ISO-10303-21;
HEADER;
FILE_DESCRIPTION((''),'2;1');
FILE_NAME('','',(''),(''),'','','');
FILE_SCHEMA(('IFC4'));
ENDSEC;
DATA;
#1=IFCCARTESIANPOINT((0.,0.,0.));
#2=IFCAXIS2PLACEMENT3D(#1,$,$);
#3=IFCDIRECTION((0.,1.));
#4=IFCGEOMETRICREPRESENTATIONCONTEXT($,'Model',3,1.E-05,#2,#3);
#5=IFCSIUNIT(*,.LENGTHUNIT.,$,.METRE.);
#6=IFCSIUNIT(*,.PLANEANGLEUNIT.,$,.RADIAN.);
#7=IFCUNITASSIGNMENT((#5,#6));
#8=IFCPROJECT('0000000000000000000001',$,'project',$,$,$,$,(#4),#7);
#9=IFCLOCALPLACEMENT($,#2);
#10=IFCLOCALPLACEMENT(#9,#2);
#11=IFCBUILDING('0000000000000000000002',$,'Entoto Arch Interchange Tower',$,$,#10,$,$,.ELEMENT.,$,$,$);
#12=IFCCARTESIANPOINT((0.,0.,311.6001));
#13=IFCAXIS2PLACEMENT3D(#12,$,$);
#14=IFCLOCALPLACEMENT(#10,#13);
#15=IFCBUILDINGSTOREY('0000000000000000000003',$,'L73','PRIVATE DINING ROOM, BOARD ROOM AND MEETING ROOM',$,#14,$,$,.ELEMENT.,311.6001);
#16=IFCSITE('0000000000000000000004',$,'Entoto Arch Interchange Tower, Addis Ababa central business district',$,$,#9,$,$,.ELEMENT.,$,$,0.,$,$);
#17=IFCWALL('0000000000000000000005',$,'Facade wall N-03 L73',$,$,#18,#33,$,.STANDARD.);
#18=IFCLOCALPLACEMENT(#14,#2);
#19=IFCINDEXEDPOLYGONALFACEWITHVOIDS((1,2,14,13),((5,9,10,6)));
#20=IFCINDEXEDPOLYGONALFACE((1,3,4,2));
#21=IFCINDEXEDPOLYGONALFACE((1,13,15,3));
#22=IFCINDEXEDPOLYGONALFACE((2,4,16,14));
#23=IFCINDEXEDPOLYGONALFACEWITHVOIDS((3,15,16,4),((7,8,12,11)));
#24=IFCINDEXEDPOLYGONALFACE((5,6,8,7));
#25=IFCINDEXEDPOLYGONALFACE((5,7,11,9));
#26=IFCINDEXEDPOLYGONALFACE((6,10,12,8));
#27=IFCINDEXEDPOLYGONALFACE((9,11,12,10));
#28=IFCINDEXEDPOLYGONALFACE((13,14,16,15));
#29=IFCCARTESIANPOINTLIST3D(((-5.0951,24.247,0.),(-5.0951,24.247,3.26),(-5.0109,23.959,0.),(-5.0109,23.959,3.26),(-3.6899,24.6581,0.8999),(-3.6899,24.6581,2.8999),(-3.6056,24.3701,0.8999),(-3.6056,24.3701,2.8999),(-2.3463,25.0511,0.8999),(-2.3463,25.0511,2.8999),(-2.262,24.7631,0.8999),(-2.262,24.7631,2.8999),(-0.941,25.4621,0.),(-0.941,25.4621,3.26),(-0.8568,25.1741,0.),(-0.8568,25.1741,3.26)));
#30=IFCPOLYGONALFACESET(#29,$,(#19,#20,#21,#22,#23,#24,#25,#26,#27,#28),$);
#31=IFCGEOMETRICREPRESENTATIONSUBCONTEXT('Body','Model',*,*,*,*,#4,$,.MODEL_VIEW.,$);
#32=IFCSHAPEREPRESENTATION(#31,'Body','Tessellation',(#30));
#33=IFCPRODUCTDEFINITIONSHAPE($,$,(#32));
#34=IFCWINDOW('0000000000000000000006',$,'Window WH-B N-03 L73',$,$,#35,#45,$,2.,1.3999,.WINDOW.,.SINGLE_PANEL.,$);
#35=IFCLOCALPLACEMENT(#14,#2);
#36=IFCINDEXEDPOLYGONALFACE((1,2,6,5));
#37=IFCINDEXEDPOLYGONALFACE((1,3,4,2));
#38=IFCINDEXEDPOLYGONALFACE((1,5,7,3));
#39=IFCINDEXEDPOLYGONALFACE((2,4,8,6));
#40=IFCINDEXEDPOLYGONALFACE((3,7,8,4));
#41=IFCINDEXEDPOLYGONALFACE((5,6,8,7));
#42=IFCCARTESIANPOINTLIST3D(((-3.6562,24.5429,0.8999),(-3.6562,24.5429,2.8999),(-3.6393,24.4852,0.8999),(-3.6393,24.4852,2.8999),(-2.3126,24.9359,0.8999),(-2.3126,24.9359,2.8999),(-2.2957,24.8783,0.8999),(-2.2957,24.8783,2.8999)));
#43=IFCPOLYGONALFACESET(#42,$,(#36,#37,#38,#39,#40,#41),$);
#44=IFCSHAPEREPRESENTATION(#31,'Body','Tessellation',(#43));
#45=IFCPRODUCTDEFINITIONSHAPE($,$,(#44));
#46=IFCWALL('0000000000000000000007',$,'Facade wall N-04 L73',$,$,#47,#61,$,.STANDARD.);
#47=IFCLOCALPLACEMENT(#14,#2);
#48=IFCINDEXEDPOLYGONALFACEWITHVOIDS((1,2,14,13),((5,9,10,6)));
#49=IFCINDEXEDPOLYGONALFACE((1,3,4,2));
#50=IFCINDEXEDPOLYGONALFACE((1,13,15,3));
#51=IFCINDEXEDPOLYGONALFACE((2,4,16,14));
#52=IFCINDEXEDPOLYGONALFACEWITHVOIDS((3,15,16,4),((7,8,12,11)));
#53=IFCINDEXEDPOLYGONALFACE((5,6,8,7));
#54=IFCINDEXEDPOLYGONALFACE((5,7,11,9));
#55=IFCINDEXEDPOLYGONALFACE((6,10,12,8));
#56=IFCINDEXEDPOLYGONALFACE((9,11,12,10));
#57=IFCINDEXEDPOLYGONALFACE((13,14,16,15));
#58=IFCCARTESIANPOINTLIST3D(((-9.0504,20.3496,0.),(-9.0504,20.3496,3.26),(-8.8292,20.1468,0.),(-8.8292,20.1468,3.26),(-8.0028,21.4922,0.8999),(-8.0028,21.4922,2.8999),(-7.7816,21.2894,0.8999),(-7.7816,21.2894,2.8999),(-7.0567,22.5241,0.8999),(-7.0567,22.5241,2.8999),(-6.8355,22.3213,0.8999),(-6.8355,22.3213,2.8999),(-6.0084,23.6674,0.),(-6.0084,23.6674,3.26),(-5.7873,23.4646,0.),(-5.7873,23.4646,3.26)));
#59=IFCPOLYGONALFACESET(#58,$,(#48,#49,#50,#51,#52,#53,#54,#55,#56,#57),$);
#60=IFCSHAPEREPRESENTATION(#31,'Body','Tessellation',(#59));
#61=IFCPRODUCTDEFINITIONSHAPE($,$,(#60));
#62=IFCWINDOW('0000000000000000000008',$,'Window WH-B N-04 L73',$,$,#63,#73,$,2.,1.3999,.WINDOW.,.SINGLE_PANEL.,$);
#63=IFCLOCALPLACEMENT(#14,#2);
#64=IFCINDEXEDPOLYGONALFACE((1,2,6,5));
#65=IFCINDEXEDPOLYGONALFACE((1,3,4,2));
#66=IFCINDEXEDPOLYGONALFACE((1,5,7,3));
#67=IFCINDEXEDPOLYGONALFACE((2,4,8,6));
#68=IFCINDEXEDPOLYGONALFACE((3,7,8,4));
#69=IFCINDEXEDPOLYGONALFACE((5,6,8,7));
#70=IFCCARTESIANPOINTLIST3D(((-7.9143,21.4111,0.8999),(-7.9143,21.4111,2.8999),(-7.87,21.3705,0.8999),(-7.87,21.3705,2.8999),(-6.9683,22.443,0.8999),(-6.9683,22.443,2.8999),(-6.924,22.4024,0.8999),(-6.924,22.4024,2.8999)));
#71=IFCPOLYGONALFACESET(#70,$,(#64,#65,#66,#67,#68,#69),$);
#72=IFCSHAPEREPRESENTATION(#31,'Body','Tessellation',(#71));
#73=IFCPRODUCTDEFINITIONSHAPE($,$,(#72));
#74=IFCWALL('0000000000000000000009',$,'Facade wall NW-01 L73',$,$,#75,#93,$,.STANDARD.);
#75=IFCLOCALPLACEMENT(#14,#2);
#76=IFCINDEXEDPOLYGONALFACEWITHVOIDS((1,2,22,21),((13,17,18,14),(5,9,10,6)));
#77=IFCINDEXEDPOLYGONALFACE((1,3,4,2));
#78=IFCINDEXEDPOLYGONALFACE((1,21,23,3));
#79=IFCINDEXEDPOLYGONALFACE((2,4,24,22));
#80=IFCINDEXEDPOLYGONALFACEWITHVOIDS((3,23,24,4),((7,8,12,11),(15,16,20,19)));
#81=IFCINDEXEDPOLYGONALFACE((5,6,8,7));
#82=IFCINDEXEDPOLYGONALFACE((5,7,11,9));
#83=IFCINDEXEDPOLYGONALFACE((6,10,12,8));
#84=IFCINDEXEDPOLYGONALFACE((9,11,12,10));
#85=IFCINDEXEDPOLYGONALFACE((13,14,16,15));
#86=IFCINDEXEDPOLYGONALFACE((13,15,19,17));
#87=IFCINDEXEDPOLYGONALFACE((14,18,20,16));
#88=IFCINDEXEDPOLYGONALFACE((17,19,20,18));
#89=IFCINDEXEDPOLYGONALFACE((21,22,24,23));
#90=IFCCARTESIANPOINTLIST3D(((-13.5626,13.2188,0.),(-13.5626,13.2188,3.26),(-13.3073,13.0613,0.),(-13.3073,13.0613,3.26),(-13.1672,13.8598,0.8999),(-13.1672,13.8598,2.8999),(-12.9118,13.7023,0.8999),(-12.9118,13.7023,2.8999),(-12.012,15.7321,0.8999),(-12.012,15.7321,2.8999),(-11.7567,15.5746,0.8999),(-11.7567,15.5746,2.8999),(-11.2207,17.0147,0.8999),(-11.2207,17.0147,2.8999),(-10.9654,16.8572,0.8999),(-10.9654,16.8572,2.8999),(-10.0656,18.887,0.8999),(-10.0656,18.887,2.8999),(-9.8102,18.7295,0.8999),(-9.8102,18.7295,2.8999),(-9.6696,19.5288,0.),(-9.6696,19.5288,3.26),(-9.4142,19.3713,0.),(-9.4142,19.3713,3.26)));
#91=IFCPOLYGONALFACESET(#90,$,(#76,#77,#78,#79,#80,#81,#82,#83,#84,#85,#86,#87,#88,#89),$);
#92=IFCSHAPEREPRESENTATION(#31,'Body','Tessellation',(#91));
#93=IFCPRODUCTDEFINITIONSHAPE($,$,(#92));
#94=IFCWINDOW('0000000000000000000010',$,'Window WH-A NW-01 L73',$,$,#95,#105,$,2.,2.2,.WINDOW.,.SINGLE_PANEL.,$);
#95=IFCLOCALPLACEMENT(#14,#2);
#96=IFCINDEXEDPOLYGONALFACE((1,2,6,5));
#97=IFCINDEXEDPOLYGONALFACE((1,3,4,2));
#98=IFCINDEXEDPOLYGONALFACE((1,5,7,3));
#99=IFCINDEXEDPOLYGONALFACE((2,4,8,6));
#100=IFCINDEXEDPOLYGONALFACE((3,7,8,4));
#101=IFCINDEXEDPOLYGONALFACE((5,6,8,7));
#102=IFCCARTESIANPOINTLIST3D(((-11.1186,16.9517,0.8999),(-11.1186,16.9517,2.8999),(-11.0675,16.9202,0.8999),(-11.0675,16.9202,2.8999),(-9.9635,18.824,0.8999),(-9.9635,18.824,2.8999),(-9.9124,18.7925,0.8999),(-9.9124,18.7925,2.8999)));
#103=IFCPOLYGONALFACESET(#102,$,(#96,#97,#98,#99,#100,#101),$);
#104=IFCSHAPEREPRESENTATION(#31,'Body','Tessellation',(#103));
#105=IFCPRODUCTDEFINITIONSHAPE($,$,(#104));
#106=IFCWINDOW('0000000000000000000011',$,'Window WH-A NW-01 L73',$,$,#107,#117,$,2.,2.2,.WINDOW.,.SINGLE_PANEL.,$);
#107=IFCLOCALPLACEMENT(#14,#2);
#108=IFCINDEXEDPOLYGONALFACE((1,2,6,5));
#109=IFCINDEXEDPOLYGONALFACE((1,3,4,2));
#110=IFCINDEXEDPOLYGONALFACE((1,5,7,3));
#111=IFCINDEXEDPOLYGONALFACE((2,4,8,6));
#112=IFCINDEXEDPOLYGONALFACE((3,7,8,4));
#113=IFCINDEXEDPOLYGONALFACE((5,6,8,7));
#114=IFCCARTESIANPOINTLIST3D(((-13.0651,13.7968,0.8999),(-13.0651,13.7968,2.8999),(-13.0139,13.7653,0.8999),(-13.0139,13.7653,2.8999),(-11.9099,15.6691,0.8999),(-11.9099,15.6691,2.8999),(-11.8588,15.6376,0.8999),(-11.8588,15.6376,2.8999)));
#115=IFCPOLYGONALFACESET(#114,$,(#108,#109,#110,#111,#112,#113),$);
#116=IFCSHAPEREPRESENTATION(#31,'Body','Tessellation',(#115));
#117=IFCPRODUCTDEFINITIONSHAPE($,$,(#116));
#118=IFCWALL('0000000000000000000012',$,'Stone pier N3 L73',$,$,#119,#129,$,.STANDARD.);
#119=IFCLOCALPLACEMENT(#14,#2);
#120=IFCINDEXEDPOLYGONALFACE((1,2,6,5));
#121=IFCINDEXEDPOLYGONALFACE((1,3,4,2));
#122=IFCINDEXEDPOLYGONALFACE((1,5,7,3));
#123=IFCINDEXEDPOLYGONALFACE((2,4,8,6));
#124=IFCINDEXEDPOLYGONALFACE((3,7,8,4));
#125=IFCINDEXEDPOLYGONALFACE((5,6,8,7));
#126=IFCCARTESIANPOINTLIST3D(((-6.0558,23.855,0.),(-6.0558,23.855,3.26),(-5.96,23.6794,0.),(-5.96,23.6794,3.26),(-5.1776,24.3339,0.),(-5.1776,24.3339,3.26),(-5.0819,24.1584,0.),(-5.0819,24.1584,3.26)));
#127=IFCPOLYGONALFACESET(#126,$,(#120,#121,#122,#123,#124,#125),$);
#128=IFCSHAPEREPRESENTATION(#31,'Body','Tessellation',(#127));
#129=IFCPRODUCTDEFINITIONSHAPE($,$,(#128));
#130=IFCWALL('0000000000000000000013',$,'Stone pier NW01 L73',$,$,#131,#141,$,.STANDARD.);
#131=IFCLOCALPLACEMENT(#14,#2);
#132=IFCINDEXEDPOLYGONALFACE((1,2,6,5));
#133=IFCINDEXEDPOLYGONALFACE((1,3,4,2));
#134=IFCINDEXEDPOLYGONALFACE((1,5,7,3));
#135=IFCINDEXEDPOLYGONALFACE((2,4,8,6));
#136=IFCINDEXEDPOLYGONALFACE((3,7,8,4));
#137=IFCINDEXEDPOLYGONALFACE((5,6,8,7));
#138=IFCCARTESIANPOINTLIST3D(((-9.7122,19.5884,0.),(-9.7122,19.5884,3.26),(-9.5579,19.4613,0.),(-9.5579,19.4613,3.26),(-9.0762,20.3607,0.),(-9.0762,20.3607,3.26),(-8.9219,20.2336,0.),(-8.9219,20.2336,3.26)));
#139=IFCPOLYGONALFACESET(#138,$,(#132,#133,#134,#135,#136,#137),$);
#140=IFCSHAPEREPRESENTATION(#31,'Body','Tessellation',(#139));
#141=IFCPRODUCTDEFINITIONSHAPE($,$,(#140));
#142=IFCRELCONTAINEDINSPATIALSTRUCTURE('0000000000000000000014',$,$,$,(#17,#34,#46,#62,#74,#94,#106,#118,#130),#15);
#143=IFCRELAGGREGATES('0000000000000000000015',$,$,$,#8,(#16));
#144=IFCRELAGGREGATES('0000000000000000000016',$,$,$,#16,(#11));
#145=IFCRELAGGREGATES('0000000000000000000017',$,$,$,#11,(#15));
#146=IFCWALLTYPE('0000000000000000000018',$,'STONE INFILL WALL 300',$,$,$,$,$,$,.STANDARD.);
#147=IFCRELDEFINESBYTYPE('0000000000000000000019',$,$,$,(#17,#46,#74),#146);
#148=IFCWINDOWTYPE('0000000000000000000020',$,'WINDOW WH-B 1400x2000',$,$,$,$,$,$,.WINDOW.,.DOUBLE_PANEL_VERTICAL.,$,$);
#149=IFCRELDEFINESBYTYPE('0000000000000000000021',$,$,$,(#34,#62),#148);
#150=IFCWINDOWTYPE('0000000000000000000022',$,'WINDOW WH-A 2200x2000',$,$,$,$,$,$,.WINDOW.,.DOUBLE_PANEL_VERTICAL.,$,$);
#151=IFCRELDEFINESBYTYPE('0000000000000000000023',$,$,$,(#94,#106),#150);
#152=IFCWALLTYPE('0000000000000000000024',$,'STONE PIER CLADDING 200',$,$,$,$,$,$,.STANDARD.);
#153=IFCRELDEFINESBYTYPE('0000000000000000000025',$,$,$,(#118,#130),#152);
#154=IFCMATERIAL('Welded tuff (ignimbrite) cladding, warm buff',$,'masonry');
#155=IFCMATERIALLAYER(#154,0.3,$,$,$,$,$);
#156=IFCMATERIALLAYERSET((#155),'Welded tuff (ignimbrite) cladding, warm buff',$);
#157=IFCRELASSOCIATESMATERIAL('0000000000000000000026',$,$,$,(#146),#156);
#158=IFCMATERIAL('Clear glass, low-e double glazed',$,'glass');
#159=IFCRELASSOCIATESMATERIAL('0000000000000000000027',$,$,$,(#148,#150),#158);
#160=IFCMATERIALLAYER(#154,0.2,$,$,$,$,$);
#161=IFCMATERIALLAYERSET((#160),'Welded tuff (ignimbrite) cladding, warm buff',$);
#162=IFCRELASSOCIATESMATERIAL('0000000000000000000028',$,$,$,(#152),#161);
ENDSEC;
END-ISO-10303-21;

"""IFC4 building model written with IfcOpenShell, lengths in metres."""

from ifc_helpers import new_model, si_unit, direction, frame, frame_2d, origin, place, context, subcontext, project, spatial, rectangle, extrude, material, layer, layer_set, type_object, element, fill, save


model = new_model("IFC4")

# Units and contexts
model_context = context("Model", 3, precision=1e-05, world=origin(), true_north=direction((0.0, 1.0)))
body_context = subcontext(model_context, "Body", "Model", "MODEL_VIEW")
ifc_project = project(units=[si_unit("LENGTHUNIT", "METRE"), si_unit("PLANEANGLEUNIT", "RADIAN")], contexts=[model_context])

# Site, building, storey
site_placement = place(None, origin())
site = spatial("IfcSite", under=ifc_project, at=site_placement, Name="Entoto Arch Interchange Tower, Addis Ababa central business district", CompositionType="ELEMENT", RefElevation=0.0)
building_placement = place(site_placement, origin())
building = spatial("IfcBuilding", under=site, at=building_placement, Name="Entoto Arch Interchange Tower", CompositionType="ELEMENT")
storey_placement = place(building_placement, frame((0.0, 0.0, 311.6001)))
storey = spatial("IfcBuildingStorey", under=building, at=storey_placement, Name="L73", Description="PRIVATE DINING ROOM, BOARD ROOM AND MEETING ROOM", CompositionType="ELEMENT", Elevation=311.6001)

# Walls, openings, windows
ifc_material_1 = material(Name="Welded tuff (ignimbrite) cladding, warm buff", Category="masonry")
ifc_layer_1 = layer(ifc_material_1, 0.3)
ifc_layer_set_1 = layer_set([ifc_layer_1], Name="Welded tuff (ignimbrite) cladding, warm buff")
wall_type_1 = type_object("IfcWallType", Name="STONE INFILL WALL 300", PredefinedType="STANDARD", material=ifc_layer_set_1)
wall_1_placement = place(storey_placement, frame((-0.8989, 25.3181, 0.0), z_axis=(0.0, 0.0, 1.0), x_axis=(-0.959783, -0.280743, 0.0)))
wall_1 = element("IfcWall", 1, at=wall_1_placement, inside=storey, type_object=wall_type_1, Name="Facade wall N-03 L73", PredefinedType="STANDARD", context=body_context, shape_type="SweptSolid", body=[
    extrude(rectangle(XDim=4.3281, YDim=0.3, at=frame_2d((2.1641, 0.0))), origin(), (0.0, 0.0, 1.0), 3.26),
])
opening_1_placement = place(wall_1_placement, frame((1.4641, 0.0, 0.8999)))
opening_1 = element("IfcOpeningElement", 2, at=opening_1_placement, cuts=wall_1, PredefinedType="OPENING", context=body_context, shape_type="SweptSolid", body=[
    extrude(rectangle(XDim=1.3999, YDim=2.0, at=frame_2d((0.7, 1.0))), frame((0.0, 0.1602, 0.0), z_axis=(0.0, -1.0, 0.0), x_axis=(1.0, 0.0, 0.0)), (0.0, 0.0, 1.0), 0.3201),
])
ifc_material_2 = material(Name="Clear glass, low-e double glazed", Category="glass")
window_type_1 = type_object("IfcWindowType", Name="WINDOW WH-B 1400x2000", PartitioningType="DOUBLE_PANEL_VERTICAL", PredefinedType="WINDOW", material=ifc_material_2)
window_1_placement = place(opening_1_placement, origin())
window_1 = element("IfcWindow", 3, at=window_1_placement, inside=storey, type_object=window_type_1, Name="Window WH-B N-03 L73", OverallHeight=2.0, OverallWidth=1.3999, PartitioningType="SINGLE_PANEL", PredefinedType="WINDOW", context=body_context, shape_type="SweptSolid", body=[
    extrude(rectangle(XDim=1.3999, YDim=2.0, at=frame_2d((0.7, 1.0))), frame((0.0, 0.03, 0.0), z_axis=(0.0, -1.0, 0.0), x_axis=(1.0, 0.0, 0.0)), (0.0, 0.0, 1.0), 0.0601),
])
fill(opening_1, window_1)
wall_2_placement = place(storey_placement, frame((-5.8979, 23.5659, 0.0), z_axis=(0.0, 0.0, 1.0), x_axis=(-0.675798, -0.737087, 0.0)))
wall_2 = element("IfcWall", 4, at=wall_2_placement, inside=storey, type_object=wall_type_1, Name="Facade wall N-04 L73", PredefinedType="STANDARD", context=body_context, shape_type="SweptSolid", body=[
    extrude(rectangle(XDim=4.5012, YDim=0.3, at=frame_2d((2.2505, 0.0))), origin(), (0.0, 0.0, 1.0), 3.26),
])
opening_2_placement = place(wall_2_placement, frame((1.551, 0.0, 0.8999)))
opening_2 = element("IfcOpeningElement", 5, at=opening_2_placement, cuts=wall_2, PredefinedType="OPENING", context=body_context, shape_type="SweptSolid", body=[
    extrude(rectangle(XDim=1.3999, YDim=2.0, at=frame_2d((0.7, 1.0))), frame((0.0, 0.1602, 0.0), z_axis=(0.0, -1.0, 0.0), x_axis=(1.0, 0.0, 0.0)), (0.0, 0.0, 1.0), 0.3201),
])
window_2_placement = place(opening_2_placement, origin())
window_2 = element("IfcWindow", 6, at=window_2_placement, inside=storey, type_object=window_type_1, Name="Window WH-B N-04 L73", OverallHeight=2.0, OverallWidth=1.3999, PartitioningType="SINGLE_PANEL", PredefinedType="WINDOW", context=body_context, shape_type="SweptSolid", body=[
    extrude(rectangle(XDim=1.3999, YDim=2.0, at=frame_2d((0.7, 1.0))), frame((0.0, 0.03, 0.0), z_axis=(0.0, -1.0, 0.0), x_axis=(1.0, 0.0, 0.0)), (0.0, 0.0, 1.0), 0.0601),
])
fill(opening_2, window_2)

# Wall, openings, windows
wall_3_placement = place(storey_placement, frame((-9.542, 19.45, 0.0), z_axis=(0.0, 0.0, 1.0), x_axis=(-0.525071, -0.851059, 0.0)))
wall_3 = element("IfcWall", 7, at=wall_3_placement, inside=storey, type_object=wall_type_1, Name="Facade wall NW-01 L73", PredefinedType="STANDARD", context=body_context, shape_type="SweptSolid", body=[
    extrude(rectangle(XDim=7.4143, YDim=0.3, at=frame_2d((3.707, 0.0))), origin(), (0.0, 0.0, 1.0), 3.26),
])
opening_3_placement = place(wall_3_placement, frame((0.7539, 0.0, 0.8999)))
opening_3 = element("IfcOpeningElement", 8, at=opening_3_placement, cuts=wall_3, PredefinedType="OPENING", context=body_context, shape_type="SweptSolid", body=[
    extrude(rectangle(XDim=2.2, YDim=2.0, at=frame_2d((1.1001, 1.0))), frame((0.0, 0.1602, 0.0), z_axis=(0.0, -1.0, 0.0), x_axis=(1.0, 0.0, 0.0)), (0.0, 0.0, 1.0), 0.3201),
])
opening_4_placement = place(wall_3_placement, frame((4.4609, 0.0, 0.8999)))
opening_4 = element("IfcOpeningElement", 9, at=opening_4_placement, cuts=wall_3, PredefinedType="OPENING", context=body_context, shape_type="SweptSolid", body=[
    extrude(rectangle(XDim=2.2, YDim=2.0, at=frame_2d((1.1001, 1.0))), frame((0.0, 0.1602, 0.0), z_axis=(0.0, -1.0, 0.0), x_axis=(1.0, 0.0, 0.0)), (0.0, 0.0, 1.0), 0.3201),
])
window_type_2 = type_object("IfcWindowType", Name="WINDOW WH-A 2200x2000", PartitioningType="DOUBLE_PANEL_VERTICAL", PredefinedType="WINDOW", material=ifc_material_2)
window_3_placement = place(opening_3_placement, origin())
window_3 = element("IfcWindow", 10, at=window_3_placement, inside=storey, type_object=window_type_2, Name="Window WH-A NW-01 L73", OverallHeight=2.0, OverallWidth=2.2, PartitioningType="SINGLE_PANEL", PredefinedType="WINDOW", context=body_context, shape_type="SweptSolid", body=[
    extrude(rectangle(XDim=2.2, YDim=2.0, at=frame_2d((1.1001, 1.0))), frame((0.0, 0.03, 0.0), z_axis=(0.0, -1.0, 0.0), x_axis=(1.0, 0.0, 0.0)), (0.0, 0.0, 1.0), 0.0601),
])
fill(opening_3, window_3)
window_4_placement = place(opening_4_placement, origin())
window_4 = element("IfcWindow", 11, at=window_4_placement, inside=storey, type_object=window_type_2, Name="Window WH-A NW-01 L73", OverallHeight=2.0, OverallWidth=2.2, PartitioningType="SINGLE_PANEL", PredefinedType="WINDOW", context=body_context, shape_type="SweptSolid", body=[
    extrude(rectangle(XDim=2.2, YDim=2.0, at=frame_2d((1.1001, 1.0))), frame((0.0, 0.03, 0.0), z_axis=(0.0, -1.0, 0.0), x_axis=(1.0, 0.0, 0.0)), (0.0, 0.0, 1.0), 0.0601),
])
fill(opening_4, window_4)

# Walls
ifc_layer_2 = layer(ifc_material_1, 0.2)
ifc_layer_set_2 = layer_set([ifc_layer_2], Name="Welded tuff (ignimbrite) cladding, warm buff")
wall_type_2 = type_object("IfcWallType", Name="STONE PIER CLADDING 200", PredefinedType="STANDARD", material=ifc_layer_set_2)
wall_4_placement = place(storey_placement, frame((-5.1299, 24.2461, 0.0), z_axis=(0.0, 0.0, 1.0), x_axis=(-0.877896, -0.478852, 0.0)))
element("IfcWall", 12, at=wall_4_placement, inside=storey, type_object=wall_type_2, Name="Stone pier N3 L73", PredefinedType="STANDARD", context=body_context, shape_type="SweptSolid", body=[
    extrude(rectangle(XDim=1.0002, YDim=0.2, at=frame_2d((0.5, 0.0))), origin(), (0.0, 0.0, 1.0), 3.26),
])
wall_5_placement = place(storey_placement, frame((-8.999, 20.2971, 0.0), z_axis=(0.0, 0.0, 1.0), x_axis=(-0.635733, -0.771909, 0.0)))
element("IfcWall", 13, at=wall_5_placement, inside=storey, type_object=wall_type_2, Name="Stone pier NW01 L73", PredefinedType="STANDARD", context=body_context, shape_type="SweptSolid", body=[
    extrude(rectangle(XDim=1.0005, YDim=0.2, at=frame_2d((0.5002, 0.0))), origin(), (0.0, 0.0, 1.0), 3.26),
])

save(model, "model.ifc")
